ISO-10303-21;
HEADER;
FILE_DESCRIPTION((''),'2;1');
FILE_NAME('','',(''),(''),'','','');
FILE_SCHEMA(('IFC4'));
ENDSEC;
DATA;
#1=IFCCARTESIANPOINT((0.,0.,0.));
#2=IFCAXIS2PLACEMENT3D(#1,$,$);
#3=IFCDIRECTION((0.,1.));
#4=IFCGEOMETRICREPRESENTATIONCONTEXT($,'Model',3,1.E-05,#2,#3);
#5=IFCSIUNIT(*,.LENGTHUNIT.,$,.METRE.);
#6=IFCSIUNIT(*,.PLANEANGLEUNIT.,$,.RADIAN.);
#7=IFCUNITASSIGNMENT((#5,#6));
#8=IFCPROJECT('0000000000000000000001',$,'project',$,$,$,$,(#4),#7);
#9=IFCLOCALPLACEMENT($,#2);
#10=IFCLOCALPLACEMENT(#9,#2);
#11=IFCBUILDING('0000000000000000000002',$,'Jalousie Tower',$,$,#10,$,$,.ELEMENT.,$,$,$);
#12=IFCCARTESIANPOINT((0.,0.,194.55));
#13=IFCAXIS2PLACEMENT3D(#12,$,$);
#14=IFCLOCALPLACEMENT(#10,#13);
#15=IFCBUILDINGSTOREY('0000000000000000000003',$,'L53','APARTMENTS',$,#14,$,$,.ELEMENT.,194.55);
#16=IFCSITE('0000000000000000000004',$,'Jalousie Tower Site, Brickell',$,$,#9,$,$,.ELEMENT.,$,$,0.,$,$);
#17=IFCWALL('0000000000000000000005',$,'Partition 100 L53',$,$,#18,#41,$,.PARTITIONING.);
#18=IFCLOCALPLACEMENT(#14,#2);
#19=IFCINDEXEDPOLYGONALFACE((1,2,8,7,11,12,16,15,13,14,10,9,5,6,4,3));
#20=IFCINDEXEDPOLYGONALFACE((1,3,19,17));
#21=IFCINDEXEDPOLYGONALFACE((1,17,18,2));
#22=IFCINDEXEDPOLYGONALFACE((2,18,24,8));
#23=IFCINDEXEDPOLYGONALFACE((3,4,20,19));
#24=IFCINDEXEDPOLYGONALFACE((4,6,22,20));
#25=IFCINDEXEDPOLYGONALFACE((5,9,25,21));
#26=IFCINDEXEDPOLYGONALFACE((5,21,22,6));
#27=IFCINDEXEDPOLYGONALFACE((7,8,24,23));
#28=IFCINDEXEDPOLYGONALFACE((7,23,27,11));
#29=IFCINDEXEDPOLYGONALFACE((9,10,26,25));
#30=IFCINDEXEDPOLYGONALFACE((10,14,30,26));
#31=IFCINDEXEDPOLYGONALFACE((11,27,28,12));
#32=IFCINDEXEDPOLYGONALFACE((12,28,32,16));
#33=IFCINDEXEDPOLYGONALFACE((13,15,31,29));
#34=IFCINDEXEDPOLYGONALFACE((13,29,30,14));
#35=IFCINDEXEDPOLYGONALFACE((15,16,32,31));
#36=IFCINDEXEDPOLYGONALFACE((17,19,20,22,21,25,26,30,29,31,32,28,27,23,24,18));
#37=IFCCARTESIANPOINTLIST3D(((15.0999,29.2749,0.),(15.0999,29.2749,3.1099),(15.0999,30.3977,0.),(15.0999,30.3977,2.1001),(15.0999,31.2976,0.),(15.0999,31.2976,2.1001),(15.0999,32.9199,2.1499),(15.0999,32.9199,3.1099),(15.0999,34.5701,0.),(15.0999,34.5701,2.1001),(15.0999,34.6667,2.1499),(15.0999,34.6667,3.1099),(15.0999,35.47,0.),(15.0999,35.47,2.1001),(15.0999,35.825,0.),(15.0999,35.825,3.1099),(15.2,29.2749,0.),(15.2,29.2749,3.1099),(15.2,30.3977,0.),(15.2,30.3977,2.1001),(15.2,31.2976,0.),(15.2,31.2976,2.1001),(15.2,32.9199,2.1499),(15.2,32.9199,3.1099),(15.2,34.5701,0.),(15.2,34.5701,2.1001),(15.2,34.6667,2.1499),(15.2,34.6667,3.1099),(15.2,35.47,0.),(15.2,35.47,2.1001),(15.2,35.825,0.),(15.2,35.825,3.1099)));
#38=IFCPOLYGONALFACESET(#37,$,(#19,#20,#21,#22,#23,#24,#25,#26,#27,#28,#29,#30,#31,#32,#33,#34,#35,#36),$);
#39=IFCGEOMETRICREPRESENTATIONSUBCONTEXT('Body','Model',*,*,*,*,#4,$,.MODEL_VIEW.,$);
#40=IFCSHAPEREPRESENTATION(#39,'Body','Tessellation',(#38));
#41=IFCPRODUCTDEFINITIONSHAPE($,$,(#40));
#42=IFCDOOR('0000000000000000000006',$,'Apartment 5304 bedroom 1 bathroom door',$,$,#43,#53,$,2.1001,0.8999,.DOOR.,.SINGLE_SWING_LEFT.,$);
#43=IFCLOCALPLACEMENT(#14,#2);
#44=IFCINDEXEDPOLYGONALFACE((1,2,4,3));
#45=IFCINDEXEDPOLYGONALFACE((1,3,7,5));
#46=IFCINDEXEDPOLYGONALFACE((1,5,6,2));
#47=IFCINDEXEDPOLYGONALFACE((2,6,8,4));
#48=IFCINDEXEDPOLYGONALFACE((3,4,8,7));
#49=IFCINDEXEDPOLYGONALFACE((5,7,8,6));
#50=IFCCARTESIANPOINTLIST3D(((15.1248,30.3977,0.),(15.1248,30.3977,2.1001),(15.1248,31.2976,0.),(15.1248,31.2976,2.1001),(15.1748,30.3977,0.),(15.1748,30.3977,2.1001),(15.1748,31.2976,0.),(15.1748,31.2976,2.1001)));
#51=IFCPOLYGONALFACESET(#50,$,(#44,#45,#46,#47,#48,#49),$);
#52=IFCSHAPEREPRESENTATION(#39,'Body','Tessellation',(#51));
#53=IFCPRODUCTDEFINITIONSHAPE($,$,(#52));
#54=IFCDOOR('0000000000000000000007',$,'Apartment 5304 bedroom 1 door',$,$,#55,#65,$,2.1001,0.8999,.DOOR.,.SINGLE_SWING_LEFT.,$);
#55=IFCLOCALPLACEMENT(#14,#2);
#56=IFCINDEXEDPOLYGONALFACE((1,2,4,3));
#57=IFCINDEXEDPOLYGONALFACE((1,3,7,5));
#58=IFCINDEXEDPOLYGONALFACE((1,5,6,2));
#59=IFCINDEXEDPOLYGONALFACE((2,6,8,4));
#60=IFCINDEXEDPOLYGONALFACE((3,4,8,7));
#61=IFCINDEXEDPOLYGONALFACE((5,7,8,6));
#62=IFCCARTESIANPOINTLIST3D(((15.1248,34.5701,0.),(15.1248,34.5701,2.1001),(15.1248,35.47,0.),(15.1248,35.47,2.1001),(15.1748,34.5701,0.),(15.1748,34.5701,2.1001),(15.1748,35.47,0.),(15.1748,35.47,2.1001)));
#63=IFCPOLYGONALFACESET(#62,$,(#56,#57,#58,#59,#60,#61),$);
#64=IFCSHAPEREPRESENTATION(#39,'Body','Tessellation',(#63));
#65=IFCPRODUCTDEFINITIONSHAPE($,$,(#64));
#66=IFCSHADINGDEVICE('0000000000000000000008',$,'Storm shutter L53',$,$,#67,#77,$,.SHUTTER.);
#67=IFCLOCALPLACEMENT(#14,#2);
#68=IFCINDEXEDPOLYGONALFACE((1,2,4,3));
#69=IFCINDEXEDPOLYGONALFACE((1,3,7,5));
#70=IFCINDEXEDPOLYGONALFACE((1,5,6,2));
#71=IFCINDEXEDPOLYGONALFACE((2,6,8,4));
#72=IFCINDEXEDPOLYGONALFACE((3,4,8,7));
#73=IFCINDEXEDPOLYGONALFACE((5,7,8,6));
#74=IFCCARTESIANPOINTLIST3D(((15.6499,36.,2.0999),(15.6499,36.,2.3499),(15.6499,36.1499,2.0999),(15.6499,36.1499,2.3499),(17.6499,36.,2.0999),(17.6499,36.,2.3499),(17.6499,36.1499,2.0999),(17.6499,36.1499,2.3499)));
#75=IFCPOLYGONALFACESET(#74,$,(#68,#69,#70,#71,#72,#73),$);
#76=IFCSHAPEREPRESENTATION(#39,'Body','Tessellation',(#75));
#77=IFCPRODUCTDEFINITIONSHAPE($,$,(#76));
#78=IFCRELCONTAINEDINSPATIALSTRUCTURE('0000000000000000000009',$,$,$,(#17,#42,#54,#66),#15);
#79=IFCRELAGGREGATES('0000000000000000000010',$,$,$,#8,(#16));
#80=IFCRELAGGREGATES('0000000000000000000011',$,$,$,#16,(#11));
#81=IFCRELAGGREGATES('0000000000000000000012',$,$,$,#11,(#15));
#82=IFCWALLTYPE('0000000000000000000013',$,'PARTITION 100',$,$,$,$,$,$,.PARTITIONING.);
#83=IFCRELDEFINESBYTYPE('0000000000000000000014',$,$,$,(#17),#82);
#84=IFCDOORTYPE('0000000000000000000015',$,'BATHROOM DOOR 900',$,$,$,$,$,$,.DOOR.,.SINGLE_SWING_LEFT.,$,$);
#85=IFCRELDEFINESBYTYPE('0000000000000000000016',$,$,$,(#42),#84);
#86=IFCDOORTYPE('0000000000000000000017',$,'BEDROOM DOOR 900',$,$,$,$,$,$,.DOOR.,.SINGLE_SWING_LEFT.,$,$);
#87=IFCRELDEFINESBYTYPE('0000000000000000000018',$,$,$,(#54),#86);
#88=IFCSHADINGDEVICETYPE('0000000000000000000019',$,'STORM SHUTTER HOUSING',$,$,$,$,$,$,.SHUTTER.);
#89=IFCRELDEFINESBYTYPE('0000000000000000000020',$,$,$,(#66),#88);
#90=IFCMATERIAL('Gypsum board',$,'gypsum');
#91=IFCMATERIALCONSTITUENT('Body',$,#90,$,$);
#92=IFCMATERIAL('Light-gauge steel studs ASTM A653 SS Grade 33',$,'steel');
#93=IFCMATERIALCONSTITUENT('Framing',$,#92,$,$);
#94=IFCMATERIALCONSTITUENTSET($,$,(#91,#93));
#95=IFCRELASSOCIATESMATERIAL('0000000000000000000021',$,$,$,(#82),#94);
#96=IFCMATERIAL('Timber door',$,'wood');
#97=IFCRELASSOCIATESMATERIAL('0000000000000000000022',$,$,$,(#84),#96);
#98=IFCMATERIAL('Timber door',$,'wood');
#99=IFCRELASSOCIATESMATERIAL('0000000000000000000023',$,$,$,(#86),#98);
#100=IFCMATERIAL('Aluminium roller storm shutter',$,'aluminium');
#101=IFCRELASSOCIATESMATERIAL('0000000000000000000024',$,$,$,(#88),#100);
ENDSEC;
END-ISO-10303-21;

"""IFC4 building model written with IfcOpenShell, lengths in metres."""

from ifc_helpers import new_model, si_unit, direction, frame, frame_2d, origin, origin_2d, place, context, subcontext, project, spatial, polyline, rectangle, outline, extrude, material, constituent, constituent_set, type_object, element, fill, save


model = new_model("IFC4")

# Units and contexts
model_context = context("Model", 3, precision=1e-05, world=origin(), true_north=direction((0.0, 1.0)))
body_context = subcontext(model_context, "Body", "Model", "MODEL_VIEW")
ifc_project = project(units=[si_unit("LENGTHUNIT", "METRE"), si_unit("PLANEANGLEUNIT", "RADIAN")], contexts=[model_context])

# Site, building, storey
site_placement = place(None, origin())
site = spatial("IfcSite", under=ifc_project, at=site_placement, Name="Jalousie Tower Site, Brickell", CompositionType="ELEMENT", RefElevation=0.0)
building_placement = place(site_placement, origin())
building = spatial("IfcBuilding", under=site, at=building_placement, Name="Jalousie Tower", CompositionType="ELEMENT")
storey_placement = place(building_placement, frame((0.0, 0.0, 194.55)))
storey = spatial("IfcBuildingStorey", under=building, at=storey_placement, Name="L53", Description="APARTMENTS", CompositionType="ELEMENT", Elevation=194.55)

# Wall, openings, doors
ifc_material_1 = material(Name="Gypsum board", Category="gypsum")
ifc_constituent_1 = constituent(ifc_material_1, Name="Body")
ifc_material_2 = material(Name="Light-gauge steel studs ASTM A653 SS Grade 33", Category="steel")
ifc_constituent_2 = constituent(ifc_material_2, Name="Framing")
ifc_constituent_set = constituent_set(constituents=[ifc_constituent_1, ifc_constituent_2])
wall_type = type_object("IfcWallType", Name="PARTITION 100", PredefinedType="PARTITIONING", material=ifc_constituent_set)
wall_placement = place(storey_placement, frame((15.1499, 35.825, 0.0), z_axis=(0.0, 0.0, 1.0), x_axis=(0.0, -1.0, 0.0)))
wall = element("IfcWall", 1, at=wall_placement, inside=storey, type_object=wall_type, Name="Partition 100 L53", PredefinedType="PARTITIONING", context=body_context, shape_type="SweptSolid", body=[
    extrude(outline(polyline([(0.0, 0.0), (6.55, 0.0), (6.55, 3.1099), (2.905, 3.1099), (2.905, 2.1499), (1.1582, 2.1499), (1.1582, 3.1099), (0.0, 3.1099), (0.0, 0.0)])), frame((0.0, 0.05, 0.0), z_axis=(0.0, -1.0, 0.0), x_axis=(1.0, 0.0, 0.0)), (0.0, 0.0, 1.0), 0.1001),
])
opening_1_placement = place(wall_placement, frame((0.355, 0.0, 0.0)))
opening_1 = element("IfcOpeningElement", 2, at=opening_1_placement, cuts=wall, PredefinedType="OPENING", context=body_context, shape_type="SweptSolid", body=[
    extrude(rectangle(XDim=0.8999, YDim=2.1001, at=frame_2d((0.45, 1.05))), frame((0.0, 0.0601, 0.0), z_axis=(0.0, -1.0, 0.0), x_axis=(1.0, 0.0, 0.0)), (0.0, 0.0, 1.0), 0.1201),
])
opening_2_placement = place(wall_placement, frame((4.5273, 0.0, 0.0)))
opening_2 = element("IfcOpeningElement", 3, at=opening_2_placement, cuts=wall, PredefinedType="OPENING", context=body_context, shape_type="SweptSolid", body=[
    extrude(rectangle(XDim=0.8999, YDim=2.1001, at=frame_2d((0.45, 1.05))), frame((0.0, 0.0601, 0.0), z_axis=(0.0, -1.0, 0.0), x_axis=(1.0, 0.0, 0.0)), (0.0, 0.0, 1.0), 0.1201),
])
ifc_material_3 = material(Name="Timber door", Category="wood")
door_type_1 = type_object("IfcDoorType", Name="BATHROOM DOOR 900", OperationType="SINGLE_SWING_LEFT", PredefinedType="DOOR", material=ifc_material_3)
door_1_placement = place(opening_2_placement, origin())
door_1 = element("IfcDoor", 4, at=door_1_placement, inside=storey, type_object=door_type_1, Name="Apartment 5304 bedroom 1 bathroom door", OperationType="SINGLE_SWING_LEFT", OverallHeight=2.1001, OverallWidth=0.8999, PredefinedType="DOOR", context=body_context, shape_type="SweptSolid", body=[
    extrude(rectangle(XDim=0.8999, YDim=2.1001, at=frame_2d((0.45, 1.05))), frame((0.0, 0.0249, 0.0), z_axis=(0.0, -1.0, 0.0), x_axis=(1.0, 0.0, 0.0)), (0.0, 0.0, 1.0), 0.05),
])
fill(opening_2, door_1)
ifc_material_4 = material(Name="Timber door", Category="wood")
door_type_2 = type_object("IfcDoorType", Name="BEDROOM DOOR 900", OperationType="SINGLE_SWING_LEFT", PredefinedType="DOOR", material=ifc_material_4)
door_2_placement = place(opening_1_placement, origin())
door_2 = element("IfcDoor", 5, at=door_2_placement, inside=storey, type_object=door_type_2, Name="Apartment 5304 bedroom 1 door", OperationType="SINGLE_SWING_LEFT", OverallHeight=2.1001, OverallWidth=0.8999, PredefinedType="DOOR", context=body_context, shape_type="SweptSolid", body=[
    extrude(rectangle(XDim=0.8999, YDim=2.1001, at=frame_2d((0.45, 1.05))), frame((0.0, 0.0249, 0.0), z_axis=(0.0, -1.0, 0.0), x_axis=(1.0, 0.0, 0.0)), (0.0, 0.0, 1.0), 0.05),
])
fill(opening_1, door_2)

# Shading device
ifc_material_5 = material(Name="Aluminium roller storm shutter", Category="aluminium")
shading_device_type = type_object("IfcShadingDeviceType", Name="STORM SHUTTER HOUSING", PredefinedType="SHUTTER", material=ifc_material_5)
shading_device_placement = place(storey_placement, frame((16.6499, 36.075, 2.0999), z_axis=(0.0, 0.0, 1.0), x_axis=(-1.0, 0.0, 0.0)))
element("IfcShadingDevice", 6, at=shading_device_placement, inside=storey, type_object=shading_device_type, Name="Storm shutter L53", PredefinedType="SHUTTER", context=body_context, shape_type="SweptSolid", body=[
    extrude(rectangle(XDim=2.0, YDim=0.1499, at=origin_2d()), origin(), (0.0, 0.0, 1.0), 0.25),
])

save(model, "model.ifc")
